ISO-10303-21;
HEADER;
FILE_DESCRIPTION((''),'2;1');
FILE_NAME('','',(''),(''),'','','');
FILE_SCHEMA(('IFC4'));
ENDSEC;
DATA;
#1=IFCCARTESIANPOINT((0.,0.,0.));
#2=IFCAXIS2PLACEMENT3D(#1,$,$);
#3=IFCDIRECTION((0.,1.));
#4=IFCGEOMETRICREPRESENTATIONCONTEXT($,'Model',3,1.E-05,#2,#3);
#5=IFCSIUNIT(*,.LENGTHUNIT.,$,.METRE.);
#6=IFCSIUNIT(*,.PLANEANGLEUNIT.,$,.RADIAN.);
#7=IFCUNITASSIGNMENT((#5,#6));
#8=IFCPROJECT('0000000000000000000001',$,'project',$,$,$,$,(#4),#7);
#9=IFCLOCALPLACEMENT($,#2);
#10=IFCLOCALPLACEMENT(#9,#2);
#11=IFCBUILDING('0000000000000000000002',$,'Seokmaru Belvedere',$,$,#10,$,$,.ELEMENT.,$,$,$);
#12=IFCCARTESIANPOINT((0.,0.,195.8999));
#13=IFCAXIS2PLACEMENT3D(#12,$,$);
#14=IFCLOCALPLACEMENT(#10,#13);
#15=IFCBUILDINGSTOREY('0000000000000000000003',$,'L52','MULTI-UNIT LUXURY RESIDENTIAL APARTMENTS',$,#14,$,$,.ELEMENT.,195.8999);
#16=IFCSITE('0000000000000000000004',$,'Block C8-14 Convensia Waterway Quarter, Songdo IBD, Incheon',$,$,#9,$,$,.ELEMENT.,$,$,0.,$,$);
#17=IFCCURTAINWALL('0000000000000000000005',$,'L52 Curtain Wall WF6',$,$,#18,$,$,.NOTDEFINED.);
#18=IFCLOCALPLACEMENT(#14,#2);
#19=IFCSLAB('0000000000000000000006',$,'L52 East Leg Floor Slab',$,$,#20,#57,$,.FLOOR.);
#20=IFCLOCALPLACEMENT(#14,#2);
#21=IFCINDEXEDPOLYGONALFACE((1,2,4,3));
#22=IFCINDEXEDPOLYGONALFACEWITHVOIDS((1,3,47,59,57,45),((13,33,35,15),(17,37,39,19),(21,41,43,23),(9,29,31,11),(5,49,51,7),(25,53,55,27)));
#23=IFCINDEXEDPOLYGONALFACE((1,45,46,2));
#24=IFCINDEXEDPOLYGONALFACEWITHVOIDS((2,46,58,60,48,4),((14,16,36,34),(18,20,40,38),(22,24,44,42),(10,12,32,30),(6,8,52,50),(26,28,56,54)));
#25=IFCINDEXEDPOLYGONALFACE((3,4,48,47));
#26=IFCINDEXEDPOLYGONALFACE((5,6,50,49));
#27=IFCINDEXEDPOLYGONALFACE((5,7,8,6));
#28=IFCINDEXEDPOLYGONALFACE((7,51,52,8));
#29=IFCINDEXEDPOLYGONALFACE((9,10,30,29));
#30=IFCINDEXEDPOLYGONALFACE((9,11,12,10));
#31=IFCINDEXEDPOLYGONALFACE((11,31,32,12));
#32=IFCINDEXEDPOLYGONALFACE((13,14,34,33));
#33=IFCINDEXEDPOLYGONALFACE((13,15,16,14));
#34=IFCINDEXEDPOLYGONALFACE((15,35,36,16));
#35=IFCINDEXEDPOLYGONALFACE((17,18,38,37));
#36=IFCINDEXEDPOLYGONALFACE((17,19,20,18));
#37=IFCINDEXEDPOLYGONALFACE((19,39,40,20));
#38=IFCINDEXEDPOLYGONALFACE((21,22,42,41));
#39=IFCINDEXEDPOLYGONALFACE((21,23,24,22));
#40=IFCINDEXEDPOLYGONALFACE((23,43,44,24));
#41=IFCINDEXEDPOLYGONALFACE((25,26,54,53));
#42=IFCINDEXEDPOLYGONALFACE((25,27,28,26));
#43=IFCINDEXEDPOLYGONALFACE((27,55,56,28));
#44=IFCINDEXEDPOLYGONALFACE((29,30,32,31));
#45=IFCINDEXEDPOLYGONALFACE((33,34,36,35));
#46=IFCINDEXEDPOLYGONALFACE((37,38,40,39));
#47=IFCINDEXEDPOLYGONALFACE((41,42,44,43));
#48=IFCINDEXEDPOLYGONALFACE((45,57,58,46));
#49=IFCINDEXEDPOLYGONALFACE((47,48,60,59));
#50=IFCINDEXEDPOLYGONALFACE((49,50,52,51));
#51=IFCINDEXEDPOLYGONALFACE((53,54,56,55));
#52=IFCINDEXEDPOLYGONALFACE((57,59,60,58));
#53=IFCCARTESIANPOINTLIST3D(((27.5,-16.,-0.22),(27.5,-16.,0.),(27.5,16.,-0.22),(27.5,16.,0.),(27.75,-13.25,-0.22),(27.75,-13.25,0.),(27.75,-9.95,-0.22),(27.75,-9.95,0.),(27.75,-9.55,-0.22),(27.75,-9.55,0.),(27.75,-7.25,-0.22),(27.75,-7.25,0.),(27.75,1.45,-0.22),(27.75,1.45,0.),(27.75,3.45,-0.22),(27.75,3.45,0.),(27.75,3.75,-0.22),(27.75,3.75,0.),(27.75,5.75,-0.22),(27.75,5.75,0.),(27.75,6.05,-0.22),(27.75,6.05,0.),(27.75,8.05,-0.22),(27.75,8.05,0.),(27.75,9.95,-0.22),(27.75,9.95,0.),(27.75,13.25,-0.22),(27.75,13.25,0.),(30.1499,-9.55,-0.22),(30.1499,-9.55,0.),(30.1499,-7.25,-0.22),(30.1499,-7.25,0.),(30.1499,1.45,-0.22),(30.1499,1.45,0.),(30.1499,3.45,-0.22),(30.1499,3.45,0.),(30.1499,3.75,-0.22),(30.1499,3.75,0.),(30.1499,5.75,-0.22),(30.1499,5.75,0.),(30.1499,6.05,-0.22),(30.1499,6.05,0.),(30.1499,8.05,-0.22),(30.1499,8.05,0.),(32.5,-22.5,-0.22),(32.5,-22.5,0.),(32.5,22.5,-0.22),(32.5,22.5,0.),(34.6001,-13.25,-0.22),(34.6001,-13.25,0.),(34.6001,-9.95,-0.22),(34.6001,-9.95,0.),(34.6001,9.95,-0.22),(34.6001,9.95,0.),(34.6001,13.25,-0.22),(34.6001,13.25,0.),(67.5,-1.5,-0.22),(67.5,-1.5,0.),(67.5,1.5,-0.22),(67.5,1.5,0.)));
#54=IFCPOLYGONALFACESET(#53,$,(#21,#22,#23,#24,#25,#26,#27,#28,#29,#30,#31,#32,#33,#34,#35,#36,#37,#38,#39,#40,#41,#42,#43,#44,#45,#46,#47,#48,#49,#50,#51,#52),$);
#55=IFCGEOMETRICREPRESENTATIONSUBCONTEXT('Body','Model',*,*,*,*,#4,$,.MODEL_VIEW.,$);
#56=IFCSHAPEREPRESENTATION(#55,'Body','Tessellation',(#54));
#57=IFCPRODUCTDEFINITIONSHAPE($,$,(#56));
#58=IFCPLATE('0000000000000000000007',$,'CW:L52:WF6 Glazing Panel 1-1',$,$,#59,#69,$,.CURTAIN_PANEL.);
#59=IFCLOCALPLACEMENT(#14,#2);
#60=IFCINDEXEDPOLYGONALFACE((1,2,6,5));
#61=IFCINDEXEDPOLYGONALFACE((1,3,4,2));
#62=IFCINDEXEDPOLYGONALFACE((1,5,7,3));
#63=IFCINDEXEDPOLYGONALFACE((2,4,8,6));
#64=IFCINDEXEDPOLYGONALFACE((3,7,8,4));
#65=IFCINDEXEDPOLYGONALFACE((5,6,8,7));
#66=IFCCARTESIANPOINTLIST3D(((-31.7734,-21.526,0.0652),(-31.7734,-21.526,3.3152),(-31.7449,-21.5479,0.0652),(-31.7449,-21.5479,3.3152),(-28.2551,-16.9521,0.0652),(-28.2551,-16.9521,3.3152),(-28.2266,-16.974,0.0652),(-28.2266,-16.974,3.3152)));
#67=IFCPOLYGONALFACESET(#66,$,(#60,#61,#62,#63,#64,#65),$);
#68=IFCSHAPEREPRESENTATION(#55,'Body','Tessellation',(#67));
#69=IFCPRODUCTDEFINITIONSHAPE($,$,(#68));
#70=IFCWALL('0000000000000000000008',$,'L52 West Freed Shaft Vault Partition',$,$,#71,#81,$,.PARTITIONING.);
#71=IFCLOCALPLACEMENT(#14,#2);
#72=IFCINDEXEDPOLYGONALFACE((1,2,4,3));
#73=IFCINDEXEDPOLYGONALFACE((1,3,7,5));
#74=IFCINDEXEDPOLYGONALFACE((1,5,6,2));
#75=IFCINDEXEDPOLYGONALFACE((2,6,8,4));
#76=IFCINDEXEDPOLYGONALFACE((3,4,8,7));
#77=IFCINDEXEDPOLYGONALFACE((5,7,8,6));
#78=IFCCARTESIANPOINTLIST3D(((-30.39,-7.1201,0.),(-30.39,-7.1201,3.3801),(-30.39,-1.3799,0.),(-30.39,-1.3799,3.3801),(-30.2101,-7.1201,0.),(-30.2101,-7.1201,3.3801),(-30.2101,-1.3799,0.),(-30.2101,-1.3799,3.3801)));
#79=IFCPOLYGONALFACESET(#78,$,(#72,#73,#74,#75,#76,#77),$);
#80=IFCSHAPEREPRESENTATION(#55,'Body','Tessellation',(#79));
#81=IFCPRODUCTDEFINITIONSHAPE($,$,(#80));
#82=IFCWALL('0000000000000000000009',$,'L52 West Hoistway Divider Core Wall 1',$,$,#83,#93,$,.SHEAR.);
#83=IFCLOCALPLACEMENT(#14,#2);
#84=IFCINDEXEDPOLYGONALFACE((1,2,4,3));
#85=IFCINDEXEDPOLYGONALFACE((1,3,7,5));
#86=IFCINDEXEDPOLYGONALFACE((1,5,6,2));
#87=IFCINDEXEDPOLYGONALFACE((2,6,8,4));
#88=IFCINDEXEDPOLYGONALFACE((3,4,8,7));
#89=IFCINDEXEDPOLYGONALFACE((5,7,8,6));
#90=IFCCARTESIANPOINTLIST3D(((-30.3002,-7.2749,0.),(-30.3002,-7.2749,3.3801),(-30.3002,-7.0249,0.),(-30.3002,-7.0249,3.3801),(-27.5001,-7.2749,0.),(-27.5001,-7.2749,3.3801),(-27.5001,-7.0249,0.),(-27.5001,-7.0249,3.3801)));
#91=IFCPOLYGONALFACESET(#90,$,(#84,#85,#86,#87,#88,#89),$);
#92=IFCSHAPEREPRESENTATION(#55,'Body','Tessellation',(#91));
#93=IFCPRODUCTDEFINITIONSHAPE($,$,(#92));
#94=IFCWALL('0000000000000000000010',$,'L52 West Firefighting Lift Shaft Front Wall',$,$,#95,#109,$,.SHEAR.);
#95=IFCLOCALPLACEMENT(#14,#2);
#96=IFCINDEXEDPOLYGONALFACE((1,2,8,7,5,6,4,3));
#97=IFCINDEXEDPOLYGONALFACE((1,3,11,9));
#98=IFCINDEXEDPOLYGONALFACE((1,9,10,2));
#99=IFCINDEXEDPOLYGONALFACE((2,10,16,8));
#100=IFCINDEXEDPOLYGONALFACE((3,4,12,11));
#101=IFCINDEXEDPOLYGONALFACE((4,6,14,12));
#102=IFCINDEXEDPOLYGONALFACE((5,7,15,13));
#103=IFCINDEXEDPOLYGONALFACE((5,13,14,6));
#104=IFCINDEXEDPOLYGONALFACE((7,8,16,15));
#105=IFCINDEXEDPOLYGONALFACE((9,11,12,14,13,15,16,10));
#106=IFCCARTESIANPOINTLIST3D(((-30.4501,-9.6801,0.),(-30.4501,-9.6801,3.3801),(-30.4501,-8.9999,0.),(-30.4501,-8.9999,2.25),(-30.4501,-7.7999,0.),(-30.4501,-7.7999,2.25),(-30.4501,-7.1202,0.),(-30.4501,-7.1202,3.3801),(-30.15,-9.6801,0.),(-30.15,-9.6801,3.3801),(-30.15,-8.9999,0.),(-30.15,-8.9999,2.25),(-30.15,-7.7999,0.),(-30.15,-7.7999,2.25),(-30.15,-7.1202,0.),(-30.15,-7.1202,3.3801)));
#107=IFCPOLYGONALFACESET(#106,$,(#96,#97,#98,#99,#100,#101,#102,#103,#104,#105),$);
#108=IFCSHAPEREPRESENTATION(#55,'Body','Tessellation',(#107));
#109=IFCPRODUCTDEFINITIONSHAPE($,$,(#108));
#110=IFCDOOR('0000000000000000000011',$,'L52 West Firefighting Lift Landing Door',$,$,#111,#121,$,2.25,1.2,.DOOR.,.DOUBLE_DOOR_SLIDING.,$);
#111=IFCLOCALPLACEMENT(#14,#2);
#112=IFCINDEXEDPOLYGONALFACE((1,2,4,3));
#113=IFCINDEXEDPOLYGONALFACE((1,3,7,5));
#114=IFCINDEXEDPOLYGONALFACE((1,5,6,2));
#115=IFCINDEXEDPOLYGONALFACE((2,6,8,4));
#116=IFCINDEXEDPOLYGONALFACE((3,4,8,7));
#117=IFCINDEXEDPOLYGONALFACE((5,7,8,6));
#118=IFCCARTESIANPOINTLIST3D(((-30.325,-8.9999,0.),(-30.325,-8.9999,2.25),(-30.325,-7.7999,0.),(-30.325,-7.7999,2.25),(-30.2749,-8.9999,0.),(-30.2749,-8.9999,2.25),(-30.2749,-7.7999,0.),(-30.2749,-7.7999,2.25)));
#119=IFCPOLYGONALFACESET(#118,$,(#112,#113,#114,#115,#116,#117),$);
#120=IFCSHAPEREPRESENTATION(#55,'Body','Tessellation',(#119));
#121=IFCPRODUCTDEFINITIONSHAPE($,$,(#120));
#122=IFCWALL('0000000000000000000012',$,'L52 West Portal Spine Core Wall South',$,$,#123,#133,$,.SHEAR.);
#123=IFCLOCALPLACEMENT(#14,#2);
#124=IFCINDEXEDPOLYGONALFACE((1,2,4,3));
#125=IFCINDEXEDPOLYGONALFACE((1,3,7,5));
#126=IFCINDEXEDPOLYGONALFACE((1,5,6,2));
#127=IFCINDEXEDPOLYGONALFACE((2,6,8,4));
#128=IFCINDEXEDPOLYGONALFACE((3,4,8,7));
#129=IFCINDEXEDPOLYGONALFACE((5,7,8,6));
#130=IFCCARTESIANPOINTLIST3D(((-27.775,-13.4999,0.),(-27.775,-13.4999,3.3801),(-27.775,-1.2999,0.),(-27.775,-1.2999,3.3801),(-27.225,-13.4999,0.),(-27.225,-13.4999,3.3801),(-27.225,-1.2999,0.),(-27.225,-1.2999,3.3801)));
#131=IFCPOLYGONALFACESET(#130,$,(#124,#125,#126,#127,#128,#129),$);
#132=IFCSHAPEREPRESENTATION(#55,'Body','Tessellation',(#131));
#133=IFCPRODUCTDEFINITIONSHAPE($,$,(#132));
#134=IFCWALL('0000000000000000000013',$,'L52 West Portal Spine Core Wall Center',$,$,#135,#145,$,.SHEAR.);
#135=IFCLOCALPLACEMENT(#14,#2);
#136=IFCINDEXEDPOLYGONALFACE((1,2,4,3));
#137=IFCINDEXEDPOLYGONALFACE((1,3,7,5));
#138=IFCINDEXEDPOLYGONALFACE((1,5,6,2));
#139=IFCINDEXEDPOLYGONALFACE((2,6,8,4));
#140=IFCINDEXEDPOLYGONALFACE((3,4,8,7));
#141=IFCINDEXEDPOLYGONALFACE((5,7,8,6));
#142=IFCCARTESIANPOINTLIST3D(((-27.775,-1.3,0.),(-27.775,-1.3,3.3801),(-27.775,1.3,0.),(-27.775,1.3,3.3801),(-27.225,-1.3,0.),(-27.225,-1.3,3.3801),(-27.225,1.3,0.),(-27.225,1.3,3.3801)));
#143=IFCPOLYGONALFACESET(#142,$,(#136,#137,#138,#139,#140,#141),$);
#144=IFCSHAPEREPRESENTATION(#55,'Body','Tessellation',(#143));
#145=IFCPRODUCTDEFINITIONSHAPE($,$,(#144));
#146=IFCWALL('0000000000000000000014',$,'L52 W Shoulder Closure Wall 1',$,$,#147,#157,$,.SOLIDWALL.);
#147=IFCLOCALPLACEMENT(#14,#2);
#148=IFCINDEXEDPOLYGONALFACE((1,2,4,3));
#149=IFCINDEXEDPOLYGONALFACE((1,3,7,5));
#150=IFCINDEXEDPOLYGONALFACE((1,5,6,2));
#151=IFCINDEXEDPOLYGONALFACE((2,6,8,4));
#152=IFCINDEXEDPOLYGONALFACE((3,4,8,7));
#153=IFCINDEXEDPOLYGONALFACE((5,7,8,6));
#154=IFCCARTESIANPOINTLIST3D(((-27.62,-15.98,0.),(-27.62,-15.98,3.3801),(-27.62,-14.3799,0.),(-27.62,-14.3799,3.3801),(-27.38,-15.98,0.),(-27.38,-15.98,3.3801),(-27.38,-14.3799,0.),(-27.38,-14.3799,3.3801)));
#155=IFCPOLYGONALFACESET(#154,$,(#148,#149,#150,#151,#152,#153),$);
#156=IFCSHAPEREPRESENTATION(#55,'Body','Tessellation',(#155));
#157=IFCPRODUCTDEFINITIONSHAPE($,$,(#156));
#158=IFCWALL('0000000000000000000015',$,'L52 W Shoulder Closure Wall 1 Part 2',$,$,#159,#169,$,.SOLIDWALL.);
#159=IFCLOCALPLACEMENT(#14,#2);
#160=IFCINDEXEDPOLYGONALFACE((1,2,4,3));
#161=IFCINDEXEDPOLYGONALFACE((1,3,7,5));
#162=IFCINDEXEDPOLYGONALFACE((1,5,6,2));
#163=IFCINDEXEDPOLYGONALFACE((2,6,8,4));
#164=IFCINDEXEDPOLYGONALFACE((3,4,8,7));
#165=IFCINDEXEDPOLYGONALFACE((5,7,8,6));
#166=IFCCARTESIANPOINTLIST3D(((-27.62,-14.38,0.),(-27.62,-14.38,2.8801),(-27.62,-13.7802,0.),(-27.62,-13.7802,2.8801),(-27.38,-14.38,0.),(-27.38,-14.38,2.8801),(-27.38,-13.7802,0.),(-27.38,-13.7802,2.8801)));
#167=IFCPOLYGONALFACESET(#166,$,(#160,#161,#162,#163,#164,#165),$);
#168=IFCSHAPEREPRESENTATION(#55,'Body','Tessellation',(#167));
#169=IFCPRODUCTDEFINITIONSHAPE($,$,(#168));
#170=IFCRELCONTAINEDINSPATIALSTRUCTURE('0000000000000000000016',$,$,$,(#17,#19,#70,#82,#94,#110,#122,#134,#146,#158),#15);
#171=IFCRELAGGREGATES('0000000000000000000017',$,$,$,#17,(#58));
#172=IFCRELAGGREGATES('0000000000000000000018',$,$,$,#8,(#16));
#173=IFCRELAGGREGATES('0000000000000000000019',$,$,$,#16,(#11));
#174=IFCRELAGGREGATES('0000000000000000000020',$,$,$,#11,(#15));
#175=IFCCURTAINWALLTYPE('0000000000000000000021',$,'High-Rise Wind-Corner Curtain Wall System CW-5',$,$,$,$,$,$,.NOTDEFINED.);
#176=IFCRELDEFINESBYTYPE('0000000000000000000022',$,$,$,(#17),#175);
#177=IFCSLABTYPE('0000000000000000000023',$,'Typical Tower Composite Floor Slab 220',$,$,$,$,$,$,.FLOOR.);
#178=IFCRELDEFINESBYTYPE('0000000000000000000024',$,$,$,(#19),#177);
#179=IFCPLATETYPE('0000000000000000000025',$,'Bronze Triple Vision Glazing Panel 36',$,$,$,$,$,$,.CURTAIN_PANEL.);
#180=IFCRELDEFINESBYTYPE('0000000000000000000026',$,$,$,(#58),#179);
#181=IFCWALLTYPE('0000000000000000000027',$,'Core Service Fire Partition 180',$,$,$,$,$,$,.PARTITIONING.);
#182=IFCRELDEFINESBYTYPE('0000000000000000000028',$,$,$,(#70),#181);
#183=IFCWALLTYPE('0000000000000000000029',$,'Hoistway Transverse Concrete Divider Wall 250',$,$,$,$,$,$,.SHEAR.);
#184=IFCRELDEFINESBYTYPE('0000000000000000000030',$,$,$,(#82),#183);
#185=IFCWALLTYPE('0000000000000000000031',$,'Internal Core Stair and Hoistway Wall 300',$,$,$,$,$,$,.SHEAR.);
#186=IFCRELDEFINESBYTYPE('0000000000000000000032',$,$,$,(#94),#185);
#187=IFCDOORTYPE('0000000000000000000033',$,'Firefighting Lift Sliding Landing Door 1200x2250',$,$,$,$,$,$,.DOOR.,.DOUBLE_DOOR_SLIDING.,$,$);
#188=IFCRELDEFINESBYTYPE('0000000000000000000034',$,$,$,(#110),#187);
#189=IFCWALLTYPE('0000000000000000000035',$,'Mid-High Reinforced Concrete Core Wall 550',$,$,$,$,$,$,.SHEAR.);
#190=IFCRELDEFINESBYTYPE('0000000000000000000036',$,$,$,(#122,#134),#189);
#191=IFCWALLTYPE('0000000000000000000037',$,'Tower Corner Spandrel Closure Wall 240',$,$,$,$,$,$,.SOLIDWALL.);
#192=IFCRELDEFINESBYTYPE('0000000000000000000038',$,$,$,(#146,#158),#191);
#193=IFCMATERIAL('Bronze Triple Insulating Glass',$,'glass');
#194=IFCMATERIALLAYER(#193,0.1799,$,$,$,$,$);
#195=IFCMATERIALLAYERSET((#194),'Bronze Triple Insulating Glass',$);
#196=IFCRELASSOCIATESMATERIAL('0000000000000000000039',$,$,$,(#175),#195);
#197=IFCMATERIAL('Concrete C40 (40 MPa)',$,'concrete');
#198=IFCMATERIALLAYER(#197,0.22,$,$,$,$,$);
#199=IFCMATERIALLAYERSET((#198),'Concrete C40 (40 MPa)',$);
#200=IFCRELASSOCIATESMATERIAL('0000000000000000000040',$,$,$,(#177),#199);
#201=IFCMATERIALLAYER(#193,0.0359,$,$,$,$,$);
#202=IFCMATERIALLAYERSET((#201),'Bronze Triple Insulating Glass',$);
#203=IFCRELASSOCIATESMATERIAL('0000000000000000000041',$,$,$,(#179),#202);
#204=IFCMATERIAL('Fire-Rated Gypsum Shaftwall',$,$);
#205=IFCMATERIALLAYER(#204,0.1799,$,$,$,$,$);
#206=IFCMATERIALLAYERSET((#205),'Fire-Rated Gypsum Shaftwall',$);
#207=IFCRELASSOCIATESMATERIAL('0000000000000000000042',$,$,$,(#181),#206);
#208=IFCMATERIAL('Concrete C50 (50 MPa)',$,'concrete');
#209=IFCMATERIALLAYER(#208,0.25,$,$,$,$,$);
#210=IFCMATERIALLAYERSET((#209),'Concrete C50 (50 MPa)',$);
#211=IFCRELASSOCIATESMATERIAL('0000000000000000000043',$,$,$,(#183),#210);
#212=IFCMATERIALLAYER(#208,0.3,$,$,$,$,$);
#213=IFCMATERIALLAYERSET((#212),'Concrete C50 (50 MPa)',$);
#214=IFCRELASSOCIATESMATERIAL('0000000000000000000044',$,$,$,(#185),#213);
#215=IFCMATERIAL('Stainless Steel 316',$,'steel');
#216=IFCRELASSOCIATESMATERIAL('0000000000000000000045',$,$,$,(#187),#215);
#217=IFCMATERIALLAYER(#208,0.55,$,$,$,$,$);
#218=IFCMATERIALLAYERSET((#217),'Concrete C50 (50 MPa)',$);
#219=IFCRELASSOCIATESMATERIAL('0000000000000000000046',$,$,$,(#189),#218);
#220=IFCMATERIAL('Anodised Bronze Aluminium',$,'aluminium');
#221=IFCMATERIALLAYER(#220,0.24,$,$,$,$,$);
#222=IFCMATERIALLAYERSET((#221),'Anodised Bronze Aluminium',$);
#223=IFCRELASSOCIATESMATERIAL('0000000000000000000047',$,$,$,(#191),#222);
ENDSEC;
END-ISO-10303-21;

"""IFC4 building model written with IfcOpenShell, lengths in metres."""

from ifc_helpers import new_model, si_unit, direction, frame, frame_2d, origin, origin_2d, place, context, subcontext, project, spatial, polyline, rectangle, outline, extrude, source, transform, mapped, material, layer, layer_set, type_object, type_shapes, element, fill, aggregate, save


model = new_model("IFC4")

# Units and contexts
model_context = context("Model", 3, precision=1e-05, world=origin(), true_north=direction((0.0, 1.0)))
body_context = subcontext(model_context, "Body", "Model", "MODEL_VIEW")
ifc_project = project(units=[si_unit("LENGTHUNIT", "METRE"), si_unit("PLANEANGLEUNIT", "RADIAN")], contexts=[model_context])

# Site, building, storey
site_placement = place(None, origin())
site = spatial("IfcSite", under=ifc_project, at=site_placement, Name="Block C8-14 Convensia Waterway Quarter, Songdo IBD, Incheon", CompositionType="ELEMENT", RefElevation=0.0)
building_placement = place(site_placement, origin())
building = spatial("IfcBuilding", under=site, at=building_placement, Name="Seokmaru Belvedere", CompositionType="ELEMENT")
storey_placement = place(building_placement, frame((0.0, 0.0, 195.8999)))
storey = spatial("IfcBuildingStorey", under=building, at=storey_placement, Name="L52", Description="MULTI-UNIT LUXURY RESIDENTIAL APARTMENTS", CompositionType="ELEMENT", Elevation=195.8999)

# Curtain wall
ifc_material_1 = material(Name="Bronze Triple Insulating Glass", Category="glass")
ifc_layer_1 = layer(ifc_material_1, 0.1799)
ifc_layer_set_1 = layer_set([ifc_layer_1], Name="Bronze Triple Insulating Glass")
curtain_wall_type = type_object("IfcCurtainWallType", Name="High-Rise Wind-Corner Curtain Wall System CW-5", PredefinedType="NOTDEFINED", material=ifc_layer_set_1)
curtain_wall_placement = place(storey_placement, origin())
curtain_wall = element("IfcCurtainWall", 1, at=curtain_wall_placement, inside=storey, type_object=curtain_wall_type, Name="L52 Curtain Wall WF6", PredefinedType="NOTDEFINED")
ifc_material_2 = material(Name="Anodised Bronze Aluminium", Category="aluminium")

# Shared definitions
ifc_material_3 = material(Name="Concrete C40 (40 MPa)", Category="concrete")

# Slab
ifc_layer_2 = layer(ifc_material_3, 0.22)
ifc_layer_set_2 = layer_set([ifc_layer_2], Name="Concrete C40 (40 MPa)")
slab_type_1 = type_object("IfcSlabType", Name="Typical Tower Composite Floor Slab 220", PredefinedType="FLOOR", material=ifc_layer_set_2)
slab_1_placement = place(storey_placement, frame((0.0, 0.0, -0.22)))
element("IfcSlab", 2, at=slab_1_placement, inside=storey, type_object=slab_type_1, Name="L52 East Leg Floor Slab", PredefinedType="FLOOR", context=body_context, shape_type="SweptSolid", body=[
    extrude(outline(polyline([(32.5, -22.5), (67.5, -1.5), (67.5, 1.5), (32.5, 22.5), (27.5, 16.0), (27.5, -16.0), (32.5, -22.5)]), holes=[polyline([(27.75, -13.25), (34.6001, -13.25), (34.6001, -9.95), (27.75, -9.95), (27.75, -13.25)]), polyline([(27.75, 9.95), (34.6001, 9.95), (34.6001, 13.25), (27.75, 13.25), (27.75, 9.95)]), polyline([(27.75, -9.55), (30.1499, -9.55), (30.1499, -7.25), (27.75, -7.25), (27.75, -9.55)]), polyline([(27.75, 1.45), (30.1499, 1.45), (30.1499, 3.45), (27.75, 3.45), (27.75, 1.45)]), polyline([(27.75, 3.75), (30.1499, 3.75), (30.1499, 5.75), (27.75, 5.75), (27.75, 3.75)]), polyline([(27.75, 6.05), (30.1499, 6.05), (30.1499, 8.05), (27.75, 8.05), (27.75, 6.05)])]), origin(), (0.0, 0.0, 1.0), 0.22),
])

# Plate
ifc_layer_3 = layer(ifc_material_1, 0.0359)
ifc_layer_set_3 = layer_set([ifc_layer_3], Name="Bronze Triple Insulating Glass")
plate_type = type_object("IfcPlateType", Name="Bronze Triple Vision Glazing Panel 36", PredefinedType="CURTAIN_PANEL", material=ifc_layer_set_3)
shared_shape_1 = source(origin(), body_context, "Body", "SweptSolid", [
    extrude(rectangle(XDim=5.7705, YDim=0.0359, at=origin_2d()), origin(), (0.0, 0.0, 1.0), 3.25),
])
type_shapes(plate_type, [shared_shape_1])
plate_placement = place(storey_placement, frame((-30.0, -19.25, 0.0652), z_axis=(0.0, 0.0, 1.0), x_axis=(0.609701, 0.792631, 0.0)))
plate = element("IfcPlate", 3, at=plate_placement, type_object=plate_type, Name="CW:L52:WF6 Glazing Panel 1-1", PredefinedType="CURTAIN_PANEL", context=body_context, shape_type="MappedRepresentation", body=[
    mapped(shared_shape_1, transform((0.0, 0.0, 0.0), scale=1.0)),
])
aggregate(curtain_wall, [plate])

# Shared definitions
ifc_material_4 = material(Name="Fire-Rated Gypsum Shaftwall")
ifc_layer_4 = layer(ifc_material_4, 0.1799)
ifc_layer_set_4 = layer_set([ifc_layer_4], Name="Fire-Rated Gypsum Shaftwall")
wall_type_1 = type_object("IfcWallType", Name="Core Service Fire Partition 180", PredefinedType="PARTITIONING", material=ifc_layer_set_4)

# Walls
wall_1_placement = place(storey_placement, frame((-30.3, -7.1201, 0.0), z_axis=(0.0, 0.0, 1.0), x_axis=(0.0, 1.0, 0.0)))
element("IfcWall", 4, at=wall_1_placement, inside=storey, type_object=wall_type_1, Name="L52 West Freed Shaft Vault Partition", PredefinedType="PARTITIONING", context=body_context, shape_type="SweptSolid", body=[
    extrude(rectangle(XDim=5.7402, YDim=0.1799, at=frame_2d((2.8701, 0.0))), origin(), (0.0, 0.0, 1.0), 3.3801),
])
ifc_material_5 = material(Name="Concrete C50 (50 MPa)", Category="concrete")
ifc_layer_5 = layer(ifc_material_5, 0.25)
ifc_layer_set_5 = layer_set([ifc_layer_5], Name="Concrete C50 (50 MPa)")
wall_type_2 = type_object("IfcWallType", Name="Hoistway Transverse Concrete Divider Wall 250", PredefinedType="SHEAR", material=ifc_layer_set_5)
wall_2_placement = place(storey_placement, frame((-30.3, -7.1499, 0.0), z_axis=(0.0, 0.0, 1.0), x_axis=(1.0, 0.0, 0.0)))
element("IfcWall", 5, at=wall_2_placement, inside=storey, type_object=wall_type_2, Name="L52 West Hoistway Divider Core Wall 1", PredefinedType="SHEAR", context=body_context, shape_type="SweptSolid", body=[
    extrude(rectangle(XDim=2.8, YDim=0.25, at=frame_2d((1.3999, 0.0))), origin(), (0.0, 0.0, 1.0), 3.3801),
])

# Wall, opening, door
ifc_layer_6 = layer(ifc_material_5, 0.3)
ifc_layer_set_6 = layer_set([ifc_layer_6], Name="Concrete C50 (50 MPa)")
wall_type_3 = type_object("IfcWallType", Name="Internal Core Stair and Hoistway Wall 300", PredefinedType="SHEAR", material=ifc_layer_set_6)
wall_3_placement = place(storey_placement, frame((-30.3, -9.6799, 0.0), z_axis=(0.0, 0.0, 1.0), x_axis=(0.0, 1.0, 0.0)))
wall_3 = element("IfcWall", 6, at=wall_3_placement, inside=storey, type_object=wall_type_3, Name="L52 West Firefighting Lift Shaft Front Wall", PredefinedType="SHEAR", context=body_context, shape_type="SweptSolid", body=[
    extrude(rectangle(XDim=2.5598, YDim=0.3, at=frame_2d((1.2798, 0.0))), origin(), (0.0, 0.0, 1.0), 3.3801),
])
opening_1_placement = place(wall_3_placement, frame((0.6799, 0.0, 0.0)))
opening_1 = element("IfcOpeningElement", 7, at=opening_1_placement, cuts=wall_3, PredefinedType="OPENING", context=body_context, shape_type="SweptSolid", body=[
    extrude(rectangle(XDim=1.2, YDim=2.25, at=frame_2d((0.6001, 1.125))), frame((0.0, 0.1602, 0.0), z_axis=(0.0, -1.0, 0.0), x_axis=(1.0, 0.0, 0.0)), (0.0, 0.0, 1.0), 0.3201),
])
ifc_material_6 = material(Name="Stainless Steel 316", Category="steel")
door_type_1 = type_object("IfcDoorType", Name="Firefighting Lift Sliding Landing Door 1200x2250", OperationType="DOUBLE_DOOR_SLIDING", PredefinedType="DOOR", material=ifc_material_6)
shared_shape_2 = source(origin(), body_context, "Body", "SweptSolid", [
    extrude(rectangle(XDim=1.2, YDim=2.25, at=frame_2d((0.6001, 1.125))), frame((0.0, 0.0249, 0.0), z_axis=(0.0, -1.0, 0.0), x_axis=(1.0, 0.0, 0.0)), (0.0, 0.0, 1.0), 0.05),
])
type_shapes(door_type_1, [shared_shape_2])
door_1_placement = place(opening_1_placement, origin())
door_1 = element("IfcDoor", 8, at=door_1_placement, inside=storey, type_object=door_type_1, Name="L52 West Firefighting Lift Landing Door", OperationType="DOUBLE_DOOR_SLIDING", OverallHeight=2.25, OverallWidth=1.2, PredefinedType="DOOR", context=body_context, shape_type="MappedRepresentation", body=[
    mapped(shared_shape_2, transform((0.0, 0.0, 0.0), scale=1.0)),
])
fill(opening_1, door_1)

# Walls
ifc_layer_7 = layer(ifc_material_5, 0.55)
ifc_layer_set_7 = layer_set([ifc_layer_7], Name="Concrete C50 (50 MPa)")
wall_type_4 = type_object("IfcWallType", Name="Mid-High Reinforced Concrete Core Wall 550", PredefinedType="SHEAR", material=ifc_layer_set_7)
wall_4_placement = place(storey_placement, frame((-27.5, -13.5, 0.0), z_axis=(0.0, 0.0, 1.0), x_axis=(0.0, 1.0, 0.0)))
element("IfcWall", 9, at=wall_4_placement, inside=storey, type_object=wall_type_4, Name="L52 West Portal Spine Core Wall South", PredefinedType="SHEAR", context=body_context, shape_type="SweptSolid", body=[
    extrude(rectangle(XDim=12.2, YDim=0.55, at=frame_2d((6.1001, 0.0))), origin(), (0.0, 0.0, 1.0), 3.3801),
])
wall_5_placement = place(storey_placement, frame((-27.5, -1.3, 0.0), z_axis=(0.0, 0.0, 1.0), x_axis=(0.0, 1.0, 0.0)))
element("IfcWall", 10, at=wall_5_placement, inside=storey, type_object=wall_type_4, Name="L52 West Portal Spine Core Wall Center", PredefinedType="SHEAR", context=body_context, shape_type="SweptSolid", body=[
    extrude(rectangle(XDim=2.6001, YDim=0.55, at=frame_2d((1.3, 0.0))), origin(), (0.0, 0.0, 1.0), 3.3801),
])
ifc_layer_8 = layer(ifc_material_2, 0.24)
ifc_layer_set_8 = layer_set([ifc_layer_8], Name="Anodised Bronze Aluminium")
wall_type_5 = type_object("IfcWallType", Name="Tower Corner Spandrel Closure Wall 240", PredefinedType="SOLIDWALL", material=ifc_layer_set_8)
wall_6_placement = place(storey_placement, frame((-27.5, -15.98, 0.0), z_axis=(0.0, 0.0, 1.0), x_axis=(0.0, 1.0, 0.0)))
element("IfcWall", 11, at=wall_6_placement, inside=storey, type_object=wall_type_5, Name="L52 W Shoulder Closure Wall 1", PredefinedType="SOLIDWALL", context=body_context, shape_type="SweptSolid", body=[
    extrude(rectangle(XDim=1.6001, YDim=0.24, at=frame_2d((0.8, 0.0))), origin(), (0.0, 0.0, 1.0), 3.3801),
])
wall_7_placement = place(storey_placement, frame((-27.5, -14.3799, 0.0), z_axis=(0.0, 0.0, 1.0), x_axis=(0.0, 1.0, 0.0)))
element("IfcWall", 12, at=wall_7_placement, inside=storey, type_object=wall_type_5, Name="L52 W Shoulder Closure Wall 1 Part 2", PredefinedType="SOLIDWALL", context=body_context, shape_type="SweptSolid", body=[
    extrude(rectangle(XDim=0.5999, YDim=0.24, at=frame_2d((0.2998, 0.0))), origin(), (0.0, 0.0, 1.0), 2.8801),
])

save(model, "model.ifc")
